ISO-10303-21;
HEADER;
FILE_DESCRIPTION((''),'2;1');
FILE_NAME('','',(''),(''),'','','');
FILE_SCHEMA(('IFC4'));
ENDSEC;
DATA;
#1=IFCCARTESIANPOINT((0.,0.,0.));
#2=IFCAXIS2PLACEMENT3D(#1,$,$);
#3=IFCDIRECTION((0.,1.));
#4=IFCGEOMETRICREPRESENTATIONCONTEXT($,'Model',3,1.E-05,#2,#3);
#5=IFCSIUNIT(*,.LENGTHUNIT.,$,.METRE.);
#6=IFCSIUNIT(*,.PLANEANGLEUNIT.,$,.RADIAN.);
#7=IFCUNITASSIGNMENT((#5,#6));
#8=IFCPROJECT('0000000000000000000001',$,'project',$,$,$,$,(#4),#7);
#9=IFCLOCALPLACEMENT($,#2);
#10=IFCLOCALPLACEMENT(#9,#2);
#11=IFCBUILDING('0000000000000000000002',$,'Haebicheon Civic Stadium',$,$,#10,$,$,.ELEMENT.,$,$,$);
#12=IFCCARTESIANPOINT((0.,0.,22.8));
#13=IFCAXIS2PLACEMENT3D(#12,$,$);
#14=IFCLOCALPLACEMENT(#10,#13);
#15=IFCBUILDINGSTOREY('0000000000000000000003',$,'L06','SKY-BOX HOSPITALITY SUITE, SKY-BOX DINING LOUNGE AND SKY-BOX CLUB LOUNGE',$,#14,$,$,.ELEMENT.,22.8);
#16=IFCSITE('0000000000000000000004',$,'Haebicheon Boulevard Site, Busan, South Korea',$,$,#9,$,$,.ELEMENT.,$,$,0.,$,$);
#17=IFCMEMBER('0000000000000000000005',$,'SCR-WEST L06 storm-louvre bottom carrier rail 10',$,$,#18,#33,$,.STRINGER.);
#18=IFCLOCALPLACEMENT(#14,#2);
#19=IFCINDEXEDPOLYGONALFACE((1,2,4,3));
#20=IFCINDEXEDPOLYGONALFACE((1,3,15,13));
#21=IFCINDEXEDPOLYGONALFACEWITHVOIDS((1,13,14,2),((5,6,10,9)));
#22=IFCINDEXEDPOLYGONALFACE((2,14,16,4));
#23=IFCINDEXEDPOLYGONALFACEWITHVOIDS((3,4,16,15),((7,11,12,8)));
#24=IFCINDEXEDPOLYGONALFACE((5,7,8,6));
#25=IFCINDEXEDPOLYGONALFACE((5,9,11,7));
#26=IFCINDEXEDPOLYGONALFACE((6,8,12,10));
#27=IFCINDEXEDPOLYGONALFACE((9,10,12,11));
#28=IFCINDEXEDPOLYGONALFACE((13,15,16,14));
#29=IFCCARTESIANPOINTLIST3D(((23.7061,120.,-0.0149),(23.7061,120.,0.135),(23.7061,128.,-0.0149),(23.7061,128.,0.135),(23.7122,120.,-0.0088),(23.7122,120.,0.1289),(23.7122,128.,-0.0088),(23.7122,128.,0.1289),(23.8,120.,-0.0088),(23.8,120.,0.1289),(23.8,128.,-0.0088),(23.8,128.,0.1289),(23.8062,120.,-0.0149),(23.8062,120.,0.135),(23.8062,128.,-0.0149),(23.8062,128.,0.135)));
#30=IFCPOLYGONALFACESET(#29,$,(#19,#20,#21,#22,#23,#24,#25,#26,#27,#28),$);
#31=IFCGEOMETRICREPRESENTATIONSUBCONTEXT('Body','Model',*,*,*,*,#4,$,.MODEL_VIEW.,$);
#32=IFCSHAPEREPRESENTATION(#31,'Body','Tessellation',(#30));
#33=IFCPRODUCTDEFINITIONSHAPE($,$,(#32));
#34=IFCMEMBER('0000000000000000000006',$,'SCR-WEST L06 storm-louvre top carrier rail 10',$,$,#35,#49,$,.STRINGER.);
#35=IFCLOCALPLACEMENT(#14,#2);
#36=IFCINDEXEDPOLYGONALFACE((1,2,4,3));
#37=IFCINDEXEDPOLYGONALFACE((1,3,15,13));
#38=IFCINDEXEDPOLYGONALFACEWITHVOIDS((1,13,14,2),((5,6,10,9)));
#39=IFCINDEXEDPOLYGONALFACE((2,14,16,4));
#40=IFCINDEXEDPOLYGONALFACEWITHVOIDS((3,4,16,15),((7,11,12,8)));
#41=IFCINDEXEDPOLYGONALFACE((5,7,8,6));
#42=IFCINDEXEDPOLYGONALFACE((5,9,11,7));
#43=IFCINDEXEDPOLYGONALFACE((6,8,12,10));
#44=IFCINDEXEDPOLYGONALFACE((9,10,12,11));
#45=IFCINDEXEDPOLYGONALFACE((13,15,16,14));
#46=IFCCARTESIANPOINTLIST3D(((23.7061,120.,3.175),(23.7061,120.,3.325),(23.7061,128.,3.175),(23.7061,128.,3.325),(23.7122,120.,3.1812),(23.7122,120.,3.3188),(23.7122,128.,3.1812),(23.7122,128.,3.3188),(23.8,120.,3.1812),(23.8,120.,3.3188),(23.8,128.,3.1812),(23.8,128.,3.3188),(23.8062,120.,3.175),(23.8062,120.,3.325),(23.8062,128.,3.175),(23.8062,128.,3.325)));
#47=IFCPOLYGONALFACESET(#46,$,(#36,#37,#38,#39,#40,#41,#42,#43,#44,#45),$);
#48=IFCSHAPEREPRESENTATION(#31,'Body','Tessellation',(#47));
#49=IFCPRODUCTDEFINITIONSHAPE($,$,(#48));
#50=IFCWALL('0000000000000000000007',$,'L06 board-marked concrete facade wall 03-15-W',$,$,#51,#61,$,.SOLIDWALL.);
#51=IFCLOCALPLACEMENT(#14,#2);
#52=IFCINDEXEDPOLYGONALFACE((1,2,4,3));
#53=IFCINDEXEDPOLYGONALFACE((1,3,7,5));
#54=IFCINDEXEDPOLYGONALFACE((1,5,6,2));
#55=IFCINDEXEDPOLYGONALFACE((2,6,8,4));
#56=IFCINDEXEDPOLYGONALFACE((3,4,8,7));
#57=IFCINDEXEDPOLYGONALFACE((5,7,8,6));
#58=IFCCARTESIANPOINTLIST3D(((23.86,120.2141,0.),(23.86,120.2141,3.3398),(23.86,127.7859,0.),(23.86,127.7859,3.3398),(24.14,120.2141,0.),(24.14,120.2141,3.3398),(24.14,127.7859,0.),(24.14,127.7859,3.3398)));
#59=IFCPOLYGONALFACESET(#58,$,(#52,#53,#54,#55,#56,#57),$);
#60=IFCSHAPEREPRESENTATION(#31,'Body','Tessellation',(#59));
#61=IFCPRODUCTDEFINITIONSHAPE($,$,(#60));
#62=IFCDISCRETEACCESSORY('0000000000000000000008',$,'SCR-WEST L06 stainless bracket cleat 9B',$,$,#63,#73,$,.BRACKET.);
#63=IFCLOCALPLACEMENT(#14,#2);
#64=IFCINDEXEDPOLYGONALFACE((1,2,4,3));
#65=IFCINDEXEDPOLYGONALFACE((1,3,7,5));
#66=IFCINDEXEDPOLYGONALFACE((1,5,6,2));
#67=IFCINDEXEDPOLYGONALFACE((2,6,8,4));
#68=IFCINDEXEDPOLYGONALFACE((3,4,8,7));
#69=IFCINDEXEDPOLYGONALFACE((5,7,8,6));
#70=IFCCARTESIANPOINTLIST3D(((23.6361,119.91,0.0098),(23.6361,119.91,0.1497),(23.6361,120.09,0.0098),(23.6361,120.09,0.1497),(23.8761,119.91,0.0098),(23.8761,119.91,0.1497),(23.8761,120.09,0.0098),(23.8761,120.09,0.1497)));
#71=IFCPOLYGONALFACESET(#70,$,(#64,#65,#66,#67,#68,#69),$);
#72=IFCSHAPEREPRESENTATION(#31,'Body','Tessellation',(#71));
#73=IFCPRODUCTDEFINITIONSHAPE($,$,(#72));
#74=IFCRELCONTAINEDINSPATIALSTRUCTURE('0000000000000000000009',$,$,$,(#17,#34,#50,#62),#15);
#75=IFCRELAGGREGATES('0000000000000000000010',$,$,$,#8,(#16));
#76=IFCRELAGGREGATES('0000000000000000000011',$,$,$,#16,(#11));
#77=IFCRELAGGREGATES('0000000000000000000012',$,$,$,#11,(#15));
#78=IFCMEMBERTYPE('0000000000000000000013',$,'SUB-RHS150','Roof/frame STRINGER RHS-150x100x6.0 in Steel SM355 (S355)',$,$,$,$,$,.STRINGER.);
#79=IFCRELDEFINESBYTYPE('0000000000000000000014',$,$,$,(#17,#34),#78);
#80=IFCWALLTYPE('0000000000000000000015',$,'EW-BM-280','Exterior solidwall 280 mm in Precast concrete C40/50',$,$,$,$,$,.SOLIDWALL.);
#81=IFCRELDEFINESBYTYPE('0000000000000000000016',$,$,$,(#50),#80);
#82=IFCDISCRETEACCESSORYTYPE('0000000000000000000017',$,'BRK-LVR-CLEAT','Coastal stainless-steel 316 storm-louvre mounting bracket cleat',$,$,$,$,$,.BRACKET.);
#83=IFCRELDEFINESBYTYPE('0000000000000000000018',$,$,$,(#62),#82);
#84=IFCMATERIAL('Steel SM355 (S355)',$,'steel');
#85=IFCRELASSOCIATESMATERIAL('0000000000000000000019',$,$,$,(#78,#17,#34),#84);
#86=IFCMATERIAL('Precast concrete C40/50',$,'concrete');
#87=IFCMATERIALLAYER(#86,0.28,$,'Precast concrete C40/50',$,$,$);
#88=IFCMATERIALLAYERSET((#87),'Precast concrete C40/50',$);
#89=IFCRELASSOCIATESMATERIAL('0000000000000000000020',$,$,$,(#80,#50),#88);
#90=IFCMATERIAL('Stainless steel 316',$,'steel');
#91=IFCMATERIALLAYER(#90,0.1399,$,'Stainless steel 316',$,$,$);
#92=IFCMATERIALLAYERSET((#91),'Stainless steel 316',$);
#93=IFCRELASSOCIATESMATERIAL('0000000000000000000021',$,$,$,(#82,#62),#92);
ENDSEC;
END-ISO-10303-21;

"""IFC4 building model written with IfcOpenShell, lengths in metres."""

from ifc_helpers import new_model, si_unit, direction, frame, frame_2d, origin, origin_2d, place, context, subcontext, project, spatial, rectangle, hollow_rectangle, extrude, material, layer, layer_set, material_profile, profile_set, type_object, element, save


model = new_model("IFC4")

# Units and contexts
model_context = context("Model", 3, precision=1e-05, world=origin(), true_north=direction((0.0, 1.0)))
body_context = subcontext(model_context, "Body", "Model", "MODEL_VIEW")
ifc_project = project(units=[si_unit("LENGTHUNIT", "METRE"), si_unit("PLANEANGLEUNIT", "RADIAN")], contexts=[model_context])

# Site, building, storey
site_placement = place(None, origin())
site = spatial("IfcSite", under=ifc_project, at=site_placement, Name="Haebicheon Boulevard Site, Busan, South Korea", CompositionType="ELEMENT", RefElevation=0.0)
building_placement = place(site_placement, origin())
building = spatial("IfcBuilding", under=site, at=building_placement, Name="Haebicheon Civic Stadium", CompositionType="ELEMENT")
storey_placement = place(building_placement, frame((0.0, 0.0, 22.8)))
storey = spatial("IfcBuildingStorey", under=building, at=storey_placement, Name="L06", Description="SKY-BOX HOSPITALITY SUITE, SKY-BOX DINING LOUNGE AND SKY-BOX CLUB LOUNGE", CompositionType="ELEMENT", Elevation=22.8)

# Members
ifc_material_1 = material(Name="Steel SM355 (S355)", Category="steel")
ifc_material_profile_1 = material_profile(ifc_material_1, hollow_rectangle(XDim=0.1001, YDim=0.1499, WallThickness=0.0061, at=origin_2d()), Name="RHS-150x100x6.0")
ifc_profile_set_1 = profile_set([ifc_material_profile_1], Name="Steel SM355 (S355)")
member_type_1 = type_object("IfcMemberType", Name="SUB-RHS150", Description="Roof/frame STRINGER RHS-150x100x6.0 in Steel SM355 (S355)", PredefinedType="STRINGER", material=ifc_profile_set_1)
for number, where, z_axis, x_axis, name in (
    (1, (23.7561, 120.0, 0.0601), (0.0, 1.0, 0.0), (-1.0, 0.0, 0.0), "SCR-WEST L06 storm-louvre bottom carrier rail 10"),
    (2, (23.7561, 120.0, 3.25), (0.0, 1.0, 0.0), (-1.0, 0.0, 0.0), "SCR-WEST L06 storm-louvre top carrier rail 10"),
):
    element("IfcMember", number, at=place(storey_placement, frame(where, z_axis=z_axis, x_axis=x_axis)), inside=storey, type_object=member_type_1, material=ifc_profile_set_1, Name=name, PredefinedType="STRINGER", context=body_context, shape_type="SweptSolid", body=[
        extrude(hollow_rectangle(XDim=0.1001, YDim=0.1499, WallThickness=0.0061, at=origin_2d()), origin(), (0.0, 0.0, 1.0), 8.0),
    ])

# Wall
ifc_material_2 = material(Name="Precast concrete C40/50", Category="concrete")
ifc_layer_1 = layer(ifc_material_2, 0.28, Name="Precast concrete C40/50")
ifc_layer_set_1 = layer_set([ifc_layer_1], Name="Precast concrete C40/50")
wall_type = type_object("IfcWallType", Name="EW-BM-280", Description="Exterior solidwall 280 mm in Precast concrete C40/50", PredefinedType="SOLIDWALL", material=ifc_layer_set_1)
wall_placement = place(storey_placement, frame((24.0, 120.2141, 0.0), z_axis=(0.0, 0.0, 1.0), x_axis=(0.0, 1.0, 0.0)))
element("IfcWall", 3, at=wall_placement, inside=storey, type_object=wall_type, material=ifc_layer_set_1, Name="L06 board-marked concrete facade wall 03-15-W", PredefinedType="SOLIDWALL", context=body_context, shape_type="SweptSolid", body=[
    extrude(rectangle(XDim=7.5718, YDim=0.28, at=frame_2d((3.7859, 0.0))), origin(), (0.0, 0.0, 1.0), 3.3398),
])

# Discrete accessory
ifc_material_3 = material(Name="Stainless steel 316", Category="steel")
ifc_layer_2 = layer(ifc_material_3, 0.1399, Name="Stainless steel 316")
ifc_layer_set_2 = layer_set([ifc_layer_2], Name="Stainless steel 316")
discrete_accessory_type = type_object("IfcDiscreteAccessoryType", Name="BRK-LVR-CLEAT", Description="Coastal stainless-steel 316 storm-louvre mounting bracket cleat", PredefinedType="BRACKET", material=ifc_layer_set_2)
discrete_accessory_placement = place(storey_placement, frame((23.7561, 120.0, 0.0098), z_axis=(0.0, 0.0, 1.0), x_axis=(1.0, 0.0, 0.0)))
element("IfcDiscreteAccessory", 4, at=discrete_accessory_placement, inside=storey, type_object=discrete_accessory_type, material=ifc_layer_set_2, Name="SCR-WEST L06 stainless bracket cleat 9B", PredefinedType="BRACKET", context=body_context, shape_type="SweptSolid", body=[
    extrude(rectangle(XDim=0.24, YDim=0.1799, at=origin_2d()), origin(), (0.0, 0.0, 1.0), 0.1399),
])

save(model, "model.ifc")
